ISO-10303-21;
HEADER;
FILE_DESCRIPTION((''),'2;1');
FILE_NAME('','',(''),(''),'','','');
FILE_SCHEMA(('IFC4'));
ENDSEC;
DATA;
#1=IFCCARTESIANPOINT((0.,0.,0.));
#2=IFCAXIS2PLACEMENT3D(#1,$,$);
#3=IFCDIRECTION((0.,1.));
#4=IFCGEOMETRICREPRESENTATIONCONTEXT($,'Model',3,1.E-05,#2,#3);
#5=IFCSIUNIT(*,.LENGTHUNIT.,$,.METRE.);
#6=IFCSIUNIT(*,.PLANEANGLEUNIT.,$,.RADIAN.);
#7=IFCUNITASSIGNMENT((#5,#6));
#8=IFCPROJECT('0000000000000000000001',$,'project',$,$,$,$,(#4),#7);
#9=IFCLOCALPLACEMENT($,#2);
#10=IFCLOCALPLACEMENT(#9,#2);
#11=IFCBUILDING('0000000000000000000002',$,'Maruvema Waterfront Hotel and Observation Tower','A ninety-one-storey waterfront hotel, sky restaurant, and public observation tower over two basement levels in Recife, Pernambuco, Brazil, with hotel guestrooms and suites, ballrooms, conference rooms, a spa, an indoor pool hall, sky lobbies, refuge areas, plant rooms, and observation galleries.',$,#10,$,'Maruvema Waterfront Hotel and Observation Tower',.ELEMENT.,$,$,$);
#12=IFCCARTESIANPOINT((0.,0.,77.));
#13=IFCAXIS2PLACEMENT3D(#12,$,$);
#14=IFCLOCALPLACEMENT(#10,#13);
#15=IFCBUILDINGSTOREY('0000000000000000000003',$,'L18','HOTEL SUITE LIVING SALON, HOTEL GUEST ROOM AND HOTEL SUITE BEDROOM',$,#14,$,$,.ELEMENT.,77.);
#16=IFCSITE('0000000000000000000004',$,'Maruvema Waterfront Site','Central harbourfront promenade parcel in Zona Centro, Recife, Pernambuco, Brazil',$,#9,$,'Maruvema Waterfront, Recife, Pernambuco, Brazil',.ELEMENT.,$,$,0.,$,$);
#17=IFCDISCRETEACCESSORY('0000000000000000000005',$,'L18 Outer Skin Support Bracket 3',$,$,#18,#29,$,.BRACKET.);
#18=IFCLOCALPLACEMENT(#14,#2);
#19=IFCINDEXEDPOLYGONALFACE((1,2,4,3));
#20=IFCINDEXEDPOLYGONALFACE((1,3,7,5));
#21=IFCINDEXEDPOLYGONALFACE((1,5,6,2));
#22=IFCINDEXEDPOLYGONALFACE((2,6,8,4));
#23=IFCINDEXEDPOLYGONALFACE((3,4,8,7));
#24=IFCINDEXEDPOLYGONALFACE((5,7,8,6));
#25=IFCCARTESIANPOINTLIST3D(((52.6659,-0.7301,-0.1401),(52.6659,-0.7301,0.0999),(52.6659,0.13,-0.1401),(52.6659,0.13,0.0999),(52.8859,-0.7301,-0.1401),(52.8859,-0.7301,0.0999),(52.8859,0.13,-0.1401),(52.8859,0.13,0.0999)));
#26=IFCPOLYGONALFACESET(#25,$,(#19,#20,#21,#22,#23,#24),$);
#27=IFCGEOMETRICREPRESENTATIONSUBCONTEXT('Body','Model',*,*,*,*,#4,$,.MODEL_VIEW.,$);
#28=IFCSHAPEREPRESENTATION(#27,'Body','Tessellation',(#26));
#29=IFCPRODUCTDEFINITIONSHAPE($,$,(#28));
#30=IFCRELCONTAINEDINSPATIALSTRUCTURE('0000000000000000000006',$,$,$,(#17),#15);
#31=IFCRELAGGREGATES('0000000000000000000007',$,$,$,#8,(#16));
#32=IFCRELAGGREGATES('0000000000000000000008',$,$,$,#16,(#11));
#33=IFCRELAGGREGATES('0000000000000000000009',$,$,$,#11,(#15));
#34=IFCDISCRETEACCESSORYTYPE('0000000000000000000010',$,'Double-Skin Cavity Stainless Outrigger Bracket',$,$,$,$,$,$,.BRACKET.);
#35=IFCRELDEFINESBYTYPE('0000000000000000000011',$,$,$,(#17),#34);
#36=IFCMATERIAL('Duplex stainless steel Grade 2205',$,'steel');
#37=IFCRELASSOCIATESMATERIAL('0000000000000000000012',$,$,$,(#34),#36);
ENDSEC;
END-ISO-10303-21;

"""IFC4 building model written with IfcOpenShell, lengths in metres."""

from ifc_helpers import new_model, si_unit, direction, frame, origin, origin_2d, place, context, subcontext, project, spatial, rectangle, extrude, material, type_object, element, save


model = new_model("IFC4")

# Units and contexts
model_context = context("Model", 3, precision=1e-05, world=origin(), true_north=direction((0.0, 1.0)))
body_context = subcontext(model_context, "Body", "Model", "MODEL_VIEW")
ifc_project = project(units=[si_unit("LENGTHUNIT", "METRE"), si_unit("PLANEANGLEUNIT", "RADIAN")], contexts=[model_context])

# Site, building, storey
site_placement = place(None, origin())
site = spatial("IfcSite", under=ifc_project, at=site_placement, Name="Maruvema Waterfront Site", Description="Central harbourfront promenade parcel in Zona Centro, Recife, Pernambuco, Brazil", LongName="Maruvema Waterfront, Recife, Pernambuco, Brazil", CompositionType="ELEMENT", RefElevation=0.0)
building_placement = place(site_placement, origin())
building = spatial("IfcBuilding", under=site, at=building_placement, Name="Maruvema Waterfront Hotel and Observation Tower", Description="A ninety-one-storey waterfront hotel, sky restaurant, and public observation tower over two basement levels in Recife, Pernambuco, Brazil, with hotel guestrooms and suites, ballrooms, conference rooms, a spa, an indoor pool hall, sky lobbies, refuge areas, plant rooms, and observation galleries.", LongName="Maruvema Waterfront Hotel and Observation Tower", CompositionType="ELEMENT")
storey_placement = place(building_placement, frame((0.0, 0.0, 77.0)))
storey = spatial("IfcBuildingStorey", under=building, at=storey_placement, Name="L18", Description="HOTEL SUITE LIVING SALON, HOTEL GUEST ROOM AND HOTEL SUITE BEDROOM", CompositionType="ELEMENT", Elevation=77.0)

# Discrete accessory
ifc_material_1 = material(Name="Duplex stainless steel Grade 2205", Category="steel")
discrete_accessory_type = type_object("IfcDiscreteAccessoryType", Name="Double-Skin Cavity Stainless Outrigger Bracket", PredefinedType="BRACKET", material=ifc_material_1)
for number, where, z_axis, x_axis, name in (
    (1, (52.7759, -0.3, -0.1401), (0.0, 0.0, 1.0), (1.0, 0.0, 0.0), "L18 Outer Skin Support Bracket 3"),
):
    element("IfcDiscreteAccessory", number, at=place(storey_placement, frame(where, z_axis=z_axis, x_axis=x_axis)), inside=storey, type_object=discrete_accessory_type, Name=name, PredefinedType="BRACKET", context=body_context, shape_type="SweptSolid", body=[
        extrude(rectangle(XDim=0.22, YDim=0.8601, at=origin_2d()), origin(), (0.0, 0.0, 1.0), 0.24),
    ])

save(model, "model.ifc")
